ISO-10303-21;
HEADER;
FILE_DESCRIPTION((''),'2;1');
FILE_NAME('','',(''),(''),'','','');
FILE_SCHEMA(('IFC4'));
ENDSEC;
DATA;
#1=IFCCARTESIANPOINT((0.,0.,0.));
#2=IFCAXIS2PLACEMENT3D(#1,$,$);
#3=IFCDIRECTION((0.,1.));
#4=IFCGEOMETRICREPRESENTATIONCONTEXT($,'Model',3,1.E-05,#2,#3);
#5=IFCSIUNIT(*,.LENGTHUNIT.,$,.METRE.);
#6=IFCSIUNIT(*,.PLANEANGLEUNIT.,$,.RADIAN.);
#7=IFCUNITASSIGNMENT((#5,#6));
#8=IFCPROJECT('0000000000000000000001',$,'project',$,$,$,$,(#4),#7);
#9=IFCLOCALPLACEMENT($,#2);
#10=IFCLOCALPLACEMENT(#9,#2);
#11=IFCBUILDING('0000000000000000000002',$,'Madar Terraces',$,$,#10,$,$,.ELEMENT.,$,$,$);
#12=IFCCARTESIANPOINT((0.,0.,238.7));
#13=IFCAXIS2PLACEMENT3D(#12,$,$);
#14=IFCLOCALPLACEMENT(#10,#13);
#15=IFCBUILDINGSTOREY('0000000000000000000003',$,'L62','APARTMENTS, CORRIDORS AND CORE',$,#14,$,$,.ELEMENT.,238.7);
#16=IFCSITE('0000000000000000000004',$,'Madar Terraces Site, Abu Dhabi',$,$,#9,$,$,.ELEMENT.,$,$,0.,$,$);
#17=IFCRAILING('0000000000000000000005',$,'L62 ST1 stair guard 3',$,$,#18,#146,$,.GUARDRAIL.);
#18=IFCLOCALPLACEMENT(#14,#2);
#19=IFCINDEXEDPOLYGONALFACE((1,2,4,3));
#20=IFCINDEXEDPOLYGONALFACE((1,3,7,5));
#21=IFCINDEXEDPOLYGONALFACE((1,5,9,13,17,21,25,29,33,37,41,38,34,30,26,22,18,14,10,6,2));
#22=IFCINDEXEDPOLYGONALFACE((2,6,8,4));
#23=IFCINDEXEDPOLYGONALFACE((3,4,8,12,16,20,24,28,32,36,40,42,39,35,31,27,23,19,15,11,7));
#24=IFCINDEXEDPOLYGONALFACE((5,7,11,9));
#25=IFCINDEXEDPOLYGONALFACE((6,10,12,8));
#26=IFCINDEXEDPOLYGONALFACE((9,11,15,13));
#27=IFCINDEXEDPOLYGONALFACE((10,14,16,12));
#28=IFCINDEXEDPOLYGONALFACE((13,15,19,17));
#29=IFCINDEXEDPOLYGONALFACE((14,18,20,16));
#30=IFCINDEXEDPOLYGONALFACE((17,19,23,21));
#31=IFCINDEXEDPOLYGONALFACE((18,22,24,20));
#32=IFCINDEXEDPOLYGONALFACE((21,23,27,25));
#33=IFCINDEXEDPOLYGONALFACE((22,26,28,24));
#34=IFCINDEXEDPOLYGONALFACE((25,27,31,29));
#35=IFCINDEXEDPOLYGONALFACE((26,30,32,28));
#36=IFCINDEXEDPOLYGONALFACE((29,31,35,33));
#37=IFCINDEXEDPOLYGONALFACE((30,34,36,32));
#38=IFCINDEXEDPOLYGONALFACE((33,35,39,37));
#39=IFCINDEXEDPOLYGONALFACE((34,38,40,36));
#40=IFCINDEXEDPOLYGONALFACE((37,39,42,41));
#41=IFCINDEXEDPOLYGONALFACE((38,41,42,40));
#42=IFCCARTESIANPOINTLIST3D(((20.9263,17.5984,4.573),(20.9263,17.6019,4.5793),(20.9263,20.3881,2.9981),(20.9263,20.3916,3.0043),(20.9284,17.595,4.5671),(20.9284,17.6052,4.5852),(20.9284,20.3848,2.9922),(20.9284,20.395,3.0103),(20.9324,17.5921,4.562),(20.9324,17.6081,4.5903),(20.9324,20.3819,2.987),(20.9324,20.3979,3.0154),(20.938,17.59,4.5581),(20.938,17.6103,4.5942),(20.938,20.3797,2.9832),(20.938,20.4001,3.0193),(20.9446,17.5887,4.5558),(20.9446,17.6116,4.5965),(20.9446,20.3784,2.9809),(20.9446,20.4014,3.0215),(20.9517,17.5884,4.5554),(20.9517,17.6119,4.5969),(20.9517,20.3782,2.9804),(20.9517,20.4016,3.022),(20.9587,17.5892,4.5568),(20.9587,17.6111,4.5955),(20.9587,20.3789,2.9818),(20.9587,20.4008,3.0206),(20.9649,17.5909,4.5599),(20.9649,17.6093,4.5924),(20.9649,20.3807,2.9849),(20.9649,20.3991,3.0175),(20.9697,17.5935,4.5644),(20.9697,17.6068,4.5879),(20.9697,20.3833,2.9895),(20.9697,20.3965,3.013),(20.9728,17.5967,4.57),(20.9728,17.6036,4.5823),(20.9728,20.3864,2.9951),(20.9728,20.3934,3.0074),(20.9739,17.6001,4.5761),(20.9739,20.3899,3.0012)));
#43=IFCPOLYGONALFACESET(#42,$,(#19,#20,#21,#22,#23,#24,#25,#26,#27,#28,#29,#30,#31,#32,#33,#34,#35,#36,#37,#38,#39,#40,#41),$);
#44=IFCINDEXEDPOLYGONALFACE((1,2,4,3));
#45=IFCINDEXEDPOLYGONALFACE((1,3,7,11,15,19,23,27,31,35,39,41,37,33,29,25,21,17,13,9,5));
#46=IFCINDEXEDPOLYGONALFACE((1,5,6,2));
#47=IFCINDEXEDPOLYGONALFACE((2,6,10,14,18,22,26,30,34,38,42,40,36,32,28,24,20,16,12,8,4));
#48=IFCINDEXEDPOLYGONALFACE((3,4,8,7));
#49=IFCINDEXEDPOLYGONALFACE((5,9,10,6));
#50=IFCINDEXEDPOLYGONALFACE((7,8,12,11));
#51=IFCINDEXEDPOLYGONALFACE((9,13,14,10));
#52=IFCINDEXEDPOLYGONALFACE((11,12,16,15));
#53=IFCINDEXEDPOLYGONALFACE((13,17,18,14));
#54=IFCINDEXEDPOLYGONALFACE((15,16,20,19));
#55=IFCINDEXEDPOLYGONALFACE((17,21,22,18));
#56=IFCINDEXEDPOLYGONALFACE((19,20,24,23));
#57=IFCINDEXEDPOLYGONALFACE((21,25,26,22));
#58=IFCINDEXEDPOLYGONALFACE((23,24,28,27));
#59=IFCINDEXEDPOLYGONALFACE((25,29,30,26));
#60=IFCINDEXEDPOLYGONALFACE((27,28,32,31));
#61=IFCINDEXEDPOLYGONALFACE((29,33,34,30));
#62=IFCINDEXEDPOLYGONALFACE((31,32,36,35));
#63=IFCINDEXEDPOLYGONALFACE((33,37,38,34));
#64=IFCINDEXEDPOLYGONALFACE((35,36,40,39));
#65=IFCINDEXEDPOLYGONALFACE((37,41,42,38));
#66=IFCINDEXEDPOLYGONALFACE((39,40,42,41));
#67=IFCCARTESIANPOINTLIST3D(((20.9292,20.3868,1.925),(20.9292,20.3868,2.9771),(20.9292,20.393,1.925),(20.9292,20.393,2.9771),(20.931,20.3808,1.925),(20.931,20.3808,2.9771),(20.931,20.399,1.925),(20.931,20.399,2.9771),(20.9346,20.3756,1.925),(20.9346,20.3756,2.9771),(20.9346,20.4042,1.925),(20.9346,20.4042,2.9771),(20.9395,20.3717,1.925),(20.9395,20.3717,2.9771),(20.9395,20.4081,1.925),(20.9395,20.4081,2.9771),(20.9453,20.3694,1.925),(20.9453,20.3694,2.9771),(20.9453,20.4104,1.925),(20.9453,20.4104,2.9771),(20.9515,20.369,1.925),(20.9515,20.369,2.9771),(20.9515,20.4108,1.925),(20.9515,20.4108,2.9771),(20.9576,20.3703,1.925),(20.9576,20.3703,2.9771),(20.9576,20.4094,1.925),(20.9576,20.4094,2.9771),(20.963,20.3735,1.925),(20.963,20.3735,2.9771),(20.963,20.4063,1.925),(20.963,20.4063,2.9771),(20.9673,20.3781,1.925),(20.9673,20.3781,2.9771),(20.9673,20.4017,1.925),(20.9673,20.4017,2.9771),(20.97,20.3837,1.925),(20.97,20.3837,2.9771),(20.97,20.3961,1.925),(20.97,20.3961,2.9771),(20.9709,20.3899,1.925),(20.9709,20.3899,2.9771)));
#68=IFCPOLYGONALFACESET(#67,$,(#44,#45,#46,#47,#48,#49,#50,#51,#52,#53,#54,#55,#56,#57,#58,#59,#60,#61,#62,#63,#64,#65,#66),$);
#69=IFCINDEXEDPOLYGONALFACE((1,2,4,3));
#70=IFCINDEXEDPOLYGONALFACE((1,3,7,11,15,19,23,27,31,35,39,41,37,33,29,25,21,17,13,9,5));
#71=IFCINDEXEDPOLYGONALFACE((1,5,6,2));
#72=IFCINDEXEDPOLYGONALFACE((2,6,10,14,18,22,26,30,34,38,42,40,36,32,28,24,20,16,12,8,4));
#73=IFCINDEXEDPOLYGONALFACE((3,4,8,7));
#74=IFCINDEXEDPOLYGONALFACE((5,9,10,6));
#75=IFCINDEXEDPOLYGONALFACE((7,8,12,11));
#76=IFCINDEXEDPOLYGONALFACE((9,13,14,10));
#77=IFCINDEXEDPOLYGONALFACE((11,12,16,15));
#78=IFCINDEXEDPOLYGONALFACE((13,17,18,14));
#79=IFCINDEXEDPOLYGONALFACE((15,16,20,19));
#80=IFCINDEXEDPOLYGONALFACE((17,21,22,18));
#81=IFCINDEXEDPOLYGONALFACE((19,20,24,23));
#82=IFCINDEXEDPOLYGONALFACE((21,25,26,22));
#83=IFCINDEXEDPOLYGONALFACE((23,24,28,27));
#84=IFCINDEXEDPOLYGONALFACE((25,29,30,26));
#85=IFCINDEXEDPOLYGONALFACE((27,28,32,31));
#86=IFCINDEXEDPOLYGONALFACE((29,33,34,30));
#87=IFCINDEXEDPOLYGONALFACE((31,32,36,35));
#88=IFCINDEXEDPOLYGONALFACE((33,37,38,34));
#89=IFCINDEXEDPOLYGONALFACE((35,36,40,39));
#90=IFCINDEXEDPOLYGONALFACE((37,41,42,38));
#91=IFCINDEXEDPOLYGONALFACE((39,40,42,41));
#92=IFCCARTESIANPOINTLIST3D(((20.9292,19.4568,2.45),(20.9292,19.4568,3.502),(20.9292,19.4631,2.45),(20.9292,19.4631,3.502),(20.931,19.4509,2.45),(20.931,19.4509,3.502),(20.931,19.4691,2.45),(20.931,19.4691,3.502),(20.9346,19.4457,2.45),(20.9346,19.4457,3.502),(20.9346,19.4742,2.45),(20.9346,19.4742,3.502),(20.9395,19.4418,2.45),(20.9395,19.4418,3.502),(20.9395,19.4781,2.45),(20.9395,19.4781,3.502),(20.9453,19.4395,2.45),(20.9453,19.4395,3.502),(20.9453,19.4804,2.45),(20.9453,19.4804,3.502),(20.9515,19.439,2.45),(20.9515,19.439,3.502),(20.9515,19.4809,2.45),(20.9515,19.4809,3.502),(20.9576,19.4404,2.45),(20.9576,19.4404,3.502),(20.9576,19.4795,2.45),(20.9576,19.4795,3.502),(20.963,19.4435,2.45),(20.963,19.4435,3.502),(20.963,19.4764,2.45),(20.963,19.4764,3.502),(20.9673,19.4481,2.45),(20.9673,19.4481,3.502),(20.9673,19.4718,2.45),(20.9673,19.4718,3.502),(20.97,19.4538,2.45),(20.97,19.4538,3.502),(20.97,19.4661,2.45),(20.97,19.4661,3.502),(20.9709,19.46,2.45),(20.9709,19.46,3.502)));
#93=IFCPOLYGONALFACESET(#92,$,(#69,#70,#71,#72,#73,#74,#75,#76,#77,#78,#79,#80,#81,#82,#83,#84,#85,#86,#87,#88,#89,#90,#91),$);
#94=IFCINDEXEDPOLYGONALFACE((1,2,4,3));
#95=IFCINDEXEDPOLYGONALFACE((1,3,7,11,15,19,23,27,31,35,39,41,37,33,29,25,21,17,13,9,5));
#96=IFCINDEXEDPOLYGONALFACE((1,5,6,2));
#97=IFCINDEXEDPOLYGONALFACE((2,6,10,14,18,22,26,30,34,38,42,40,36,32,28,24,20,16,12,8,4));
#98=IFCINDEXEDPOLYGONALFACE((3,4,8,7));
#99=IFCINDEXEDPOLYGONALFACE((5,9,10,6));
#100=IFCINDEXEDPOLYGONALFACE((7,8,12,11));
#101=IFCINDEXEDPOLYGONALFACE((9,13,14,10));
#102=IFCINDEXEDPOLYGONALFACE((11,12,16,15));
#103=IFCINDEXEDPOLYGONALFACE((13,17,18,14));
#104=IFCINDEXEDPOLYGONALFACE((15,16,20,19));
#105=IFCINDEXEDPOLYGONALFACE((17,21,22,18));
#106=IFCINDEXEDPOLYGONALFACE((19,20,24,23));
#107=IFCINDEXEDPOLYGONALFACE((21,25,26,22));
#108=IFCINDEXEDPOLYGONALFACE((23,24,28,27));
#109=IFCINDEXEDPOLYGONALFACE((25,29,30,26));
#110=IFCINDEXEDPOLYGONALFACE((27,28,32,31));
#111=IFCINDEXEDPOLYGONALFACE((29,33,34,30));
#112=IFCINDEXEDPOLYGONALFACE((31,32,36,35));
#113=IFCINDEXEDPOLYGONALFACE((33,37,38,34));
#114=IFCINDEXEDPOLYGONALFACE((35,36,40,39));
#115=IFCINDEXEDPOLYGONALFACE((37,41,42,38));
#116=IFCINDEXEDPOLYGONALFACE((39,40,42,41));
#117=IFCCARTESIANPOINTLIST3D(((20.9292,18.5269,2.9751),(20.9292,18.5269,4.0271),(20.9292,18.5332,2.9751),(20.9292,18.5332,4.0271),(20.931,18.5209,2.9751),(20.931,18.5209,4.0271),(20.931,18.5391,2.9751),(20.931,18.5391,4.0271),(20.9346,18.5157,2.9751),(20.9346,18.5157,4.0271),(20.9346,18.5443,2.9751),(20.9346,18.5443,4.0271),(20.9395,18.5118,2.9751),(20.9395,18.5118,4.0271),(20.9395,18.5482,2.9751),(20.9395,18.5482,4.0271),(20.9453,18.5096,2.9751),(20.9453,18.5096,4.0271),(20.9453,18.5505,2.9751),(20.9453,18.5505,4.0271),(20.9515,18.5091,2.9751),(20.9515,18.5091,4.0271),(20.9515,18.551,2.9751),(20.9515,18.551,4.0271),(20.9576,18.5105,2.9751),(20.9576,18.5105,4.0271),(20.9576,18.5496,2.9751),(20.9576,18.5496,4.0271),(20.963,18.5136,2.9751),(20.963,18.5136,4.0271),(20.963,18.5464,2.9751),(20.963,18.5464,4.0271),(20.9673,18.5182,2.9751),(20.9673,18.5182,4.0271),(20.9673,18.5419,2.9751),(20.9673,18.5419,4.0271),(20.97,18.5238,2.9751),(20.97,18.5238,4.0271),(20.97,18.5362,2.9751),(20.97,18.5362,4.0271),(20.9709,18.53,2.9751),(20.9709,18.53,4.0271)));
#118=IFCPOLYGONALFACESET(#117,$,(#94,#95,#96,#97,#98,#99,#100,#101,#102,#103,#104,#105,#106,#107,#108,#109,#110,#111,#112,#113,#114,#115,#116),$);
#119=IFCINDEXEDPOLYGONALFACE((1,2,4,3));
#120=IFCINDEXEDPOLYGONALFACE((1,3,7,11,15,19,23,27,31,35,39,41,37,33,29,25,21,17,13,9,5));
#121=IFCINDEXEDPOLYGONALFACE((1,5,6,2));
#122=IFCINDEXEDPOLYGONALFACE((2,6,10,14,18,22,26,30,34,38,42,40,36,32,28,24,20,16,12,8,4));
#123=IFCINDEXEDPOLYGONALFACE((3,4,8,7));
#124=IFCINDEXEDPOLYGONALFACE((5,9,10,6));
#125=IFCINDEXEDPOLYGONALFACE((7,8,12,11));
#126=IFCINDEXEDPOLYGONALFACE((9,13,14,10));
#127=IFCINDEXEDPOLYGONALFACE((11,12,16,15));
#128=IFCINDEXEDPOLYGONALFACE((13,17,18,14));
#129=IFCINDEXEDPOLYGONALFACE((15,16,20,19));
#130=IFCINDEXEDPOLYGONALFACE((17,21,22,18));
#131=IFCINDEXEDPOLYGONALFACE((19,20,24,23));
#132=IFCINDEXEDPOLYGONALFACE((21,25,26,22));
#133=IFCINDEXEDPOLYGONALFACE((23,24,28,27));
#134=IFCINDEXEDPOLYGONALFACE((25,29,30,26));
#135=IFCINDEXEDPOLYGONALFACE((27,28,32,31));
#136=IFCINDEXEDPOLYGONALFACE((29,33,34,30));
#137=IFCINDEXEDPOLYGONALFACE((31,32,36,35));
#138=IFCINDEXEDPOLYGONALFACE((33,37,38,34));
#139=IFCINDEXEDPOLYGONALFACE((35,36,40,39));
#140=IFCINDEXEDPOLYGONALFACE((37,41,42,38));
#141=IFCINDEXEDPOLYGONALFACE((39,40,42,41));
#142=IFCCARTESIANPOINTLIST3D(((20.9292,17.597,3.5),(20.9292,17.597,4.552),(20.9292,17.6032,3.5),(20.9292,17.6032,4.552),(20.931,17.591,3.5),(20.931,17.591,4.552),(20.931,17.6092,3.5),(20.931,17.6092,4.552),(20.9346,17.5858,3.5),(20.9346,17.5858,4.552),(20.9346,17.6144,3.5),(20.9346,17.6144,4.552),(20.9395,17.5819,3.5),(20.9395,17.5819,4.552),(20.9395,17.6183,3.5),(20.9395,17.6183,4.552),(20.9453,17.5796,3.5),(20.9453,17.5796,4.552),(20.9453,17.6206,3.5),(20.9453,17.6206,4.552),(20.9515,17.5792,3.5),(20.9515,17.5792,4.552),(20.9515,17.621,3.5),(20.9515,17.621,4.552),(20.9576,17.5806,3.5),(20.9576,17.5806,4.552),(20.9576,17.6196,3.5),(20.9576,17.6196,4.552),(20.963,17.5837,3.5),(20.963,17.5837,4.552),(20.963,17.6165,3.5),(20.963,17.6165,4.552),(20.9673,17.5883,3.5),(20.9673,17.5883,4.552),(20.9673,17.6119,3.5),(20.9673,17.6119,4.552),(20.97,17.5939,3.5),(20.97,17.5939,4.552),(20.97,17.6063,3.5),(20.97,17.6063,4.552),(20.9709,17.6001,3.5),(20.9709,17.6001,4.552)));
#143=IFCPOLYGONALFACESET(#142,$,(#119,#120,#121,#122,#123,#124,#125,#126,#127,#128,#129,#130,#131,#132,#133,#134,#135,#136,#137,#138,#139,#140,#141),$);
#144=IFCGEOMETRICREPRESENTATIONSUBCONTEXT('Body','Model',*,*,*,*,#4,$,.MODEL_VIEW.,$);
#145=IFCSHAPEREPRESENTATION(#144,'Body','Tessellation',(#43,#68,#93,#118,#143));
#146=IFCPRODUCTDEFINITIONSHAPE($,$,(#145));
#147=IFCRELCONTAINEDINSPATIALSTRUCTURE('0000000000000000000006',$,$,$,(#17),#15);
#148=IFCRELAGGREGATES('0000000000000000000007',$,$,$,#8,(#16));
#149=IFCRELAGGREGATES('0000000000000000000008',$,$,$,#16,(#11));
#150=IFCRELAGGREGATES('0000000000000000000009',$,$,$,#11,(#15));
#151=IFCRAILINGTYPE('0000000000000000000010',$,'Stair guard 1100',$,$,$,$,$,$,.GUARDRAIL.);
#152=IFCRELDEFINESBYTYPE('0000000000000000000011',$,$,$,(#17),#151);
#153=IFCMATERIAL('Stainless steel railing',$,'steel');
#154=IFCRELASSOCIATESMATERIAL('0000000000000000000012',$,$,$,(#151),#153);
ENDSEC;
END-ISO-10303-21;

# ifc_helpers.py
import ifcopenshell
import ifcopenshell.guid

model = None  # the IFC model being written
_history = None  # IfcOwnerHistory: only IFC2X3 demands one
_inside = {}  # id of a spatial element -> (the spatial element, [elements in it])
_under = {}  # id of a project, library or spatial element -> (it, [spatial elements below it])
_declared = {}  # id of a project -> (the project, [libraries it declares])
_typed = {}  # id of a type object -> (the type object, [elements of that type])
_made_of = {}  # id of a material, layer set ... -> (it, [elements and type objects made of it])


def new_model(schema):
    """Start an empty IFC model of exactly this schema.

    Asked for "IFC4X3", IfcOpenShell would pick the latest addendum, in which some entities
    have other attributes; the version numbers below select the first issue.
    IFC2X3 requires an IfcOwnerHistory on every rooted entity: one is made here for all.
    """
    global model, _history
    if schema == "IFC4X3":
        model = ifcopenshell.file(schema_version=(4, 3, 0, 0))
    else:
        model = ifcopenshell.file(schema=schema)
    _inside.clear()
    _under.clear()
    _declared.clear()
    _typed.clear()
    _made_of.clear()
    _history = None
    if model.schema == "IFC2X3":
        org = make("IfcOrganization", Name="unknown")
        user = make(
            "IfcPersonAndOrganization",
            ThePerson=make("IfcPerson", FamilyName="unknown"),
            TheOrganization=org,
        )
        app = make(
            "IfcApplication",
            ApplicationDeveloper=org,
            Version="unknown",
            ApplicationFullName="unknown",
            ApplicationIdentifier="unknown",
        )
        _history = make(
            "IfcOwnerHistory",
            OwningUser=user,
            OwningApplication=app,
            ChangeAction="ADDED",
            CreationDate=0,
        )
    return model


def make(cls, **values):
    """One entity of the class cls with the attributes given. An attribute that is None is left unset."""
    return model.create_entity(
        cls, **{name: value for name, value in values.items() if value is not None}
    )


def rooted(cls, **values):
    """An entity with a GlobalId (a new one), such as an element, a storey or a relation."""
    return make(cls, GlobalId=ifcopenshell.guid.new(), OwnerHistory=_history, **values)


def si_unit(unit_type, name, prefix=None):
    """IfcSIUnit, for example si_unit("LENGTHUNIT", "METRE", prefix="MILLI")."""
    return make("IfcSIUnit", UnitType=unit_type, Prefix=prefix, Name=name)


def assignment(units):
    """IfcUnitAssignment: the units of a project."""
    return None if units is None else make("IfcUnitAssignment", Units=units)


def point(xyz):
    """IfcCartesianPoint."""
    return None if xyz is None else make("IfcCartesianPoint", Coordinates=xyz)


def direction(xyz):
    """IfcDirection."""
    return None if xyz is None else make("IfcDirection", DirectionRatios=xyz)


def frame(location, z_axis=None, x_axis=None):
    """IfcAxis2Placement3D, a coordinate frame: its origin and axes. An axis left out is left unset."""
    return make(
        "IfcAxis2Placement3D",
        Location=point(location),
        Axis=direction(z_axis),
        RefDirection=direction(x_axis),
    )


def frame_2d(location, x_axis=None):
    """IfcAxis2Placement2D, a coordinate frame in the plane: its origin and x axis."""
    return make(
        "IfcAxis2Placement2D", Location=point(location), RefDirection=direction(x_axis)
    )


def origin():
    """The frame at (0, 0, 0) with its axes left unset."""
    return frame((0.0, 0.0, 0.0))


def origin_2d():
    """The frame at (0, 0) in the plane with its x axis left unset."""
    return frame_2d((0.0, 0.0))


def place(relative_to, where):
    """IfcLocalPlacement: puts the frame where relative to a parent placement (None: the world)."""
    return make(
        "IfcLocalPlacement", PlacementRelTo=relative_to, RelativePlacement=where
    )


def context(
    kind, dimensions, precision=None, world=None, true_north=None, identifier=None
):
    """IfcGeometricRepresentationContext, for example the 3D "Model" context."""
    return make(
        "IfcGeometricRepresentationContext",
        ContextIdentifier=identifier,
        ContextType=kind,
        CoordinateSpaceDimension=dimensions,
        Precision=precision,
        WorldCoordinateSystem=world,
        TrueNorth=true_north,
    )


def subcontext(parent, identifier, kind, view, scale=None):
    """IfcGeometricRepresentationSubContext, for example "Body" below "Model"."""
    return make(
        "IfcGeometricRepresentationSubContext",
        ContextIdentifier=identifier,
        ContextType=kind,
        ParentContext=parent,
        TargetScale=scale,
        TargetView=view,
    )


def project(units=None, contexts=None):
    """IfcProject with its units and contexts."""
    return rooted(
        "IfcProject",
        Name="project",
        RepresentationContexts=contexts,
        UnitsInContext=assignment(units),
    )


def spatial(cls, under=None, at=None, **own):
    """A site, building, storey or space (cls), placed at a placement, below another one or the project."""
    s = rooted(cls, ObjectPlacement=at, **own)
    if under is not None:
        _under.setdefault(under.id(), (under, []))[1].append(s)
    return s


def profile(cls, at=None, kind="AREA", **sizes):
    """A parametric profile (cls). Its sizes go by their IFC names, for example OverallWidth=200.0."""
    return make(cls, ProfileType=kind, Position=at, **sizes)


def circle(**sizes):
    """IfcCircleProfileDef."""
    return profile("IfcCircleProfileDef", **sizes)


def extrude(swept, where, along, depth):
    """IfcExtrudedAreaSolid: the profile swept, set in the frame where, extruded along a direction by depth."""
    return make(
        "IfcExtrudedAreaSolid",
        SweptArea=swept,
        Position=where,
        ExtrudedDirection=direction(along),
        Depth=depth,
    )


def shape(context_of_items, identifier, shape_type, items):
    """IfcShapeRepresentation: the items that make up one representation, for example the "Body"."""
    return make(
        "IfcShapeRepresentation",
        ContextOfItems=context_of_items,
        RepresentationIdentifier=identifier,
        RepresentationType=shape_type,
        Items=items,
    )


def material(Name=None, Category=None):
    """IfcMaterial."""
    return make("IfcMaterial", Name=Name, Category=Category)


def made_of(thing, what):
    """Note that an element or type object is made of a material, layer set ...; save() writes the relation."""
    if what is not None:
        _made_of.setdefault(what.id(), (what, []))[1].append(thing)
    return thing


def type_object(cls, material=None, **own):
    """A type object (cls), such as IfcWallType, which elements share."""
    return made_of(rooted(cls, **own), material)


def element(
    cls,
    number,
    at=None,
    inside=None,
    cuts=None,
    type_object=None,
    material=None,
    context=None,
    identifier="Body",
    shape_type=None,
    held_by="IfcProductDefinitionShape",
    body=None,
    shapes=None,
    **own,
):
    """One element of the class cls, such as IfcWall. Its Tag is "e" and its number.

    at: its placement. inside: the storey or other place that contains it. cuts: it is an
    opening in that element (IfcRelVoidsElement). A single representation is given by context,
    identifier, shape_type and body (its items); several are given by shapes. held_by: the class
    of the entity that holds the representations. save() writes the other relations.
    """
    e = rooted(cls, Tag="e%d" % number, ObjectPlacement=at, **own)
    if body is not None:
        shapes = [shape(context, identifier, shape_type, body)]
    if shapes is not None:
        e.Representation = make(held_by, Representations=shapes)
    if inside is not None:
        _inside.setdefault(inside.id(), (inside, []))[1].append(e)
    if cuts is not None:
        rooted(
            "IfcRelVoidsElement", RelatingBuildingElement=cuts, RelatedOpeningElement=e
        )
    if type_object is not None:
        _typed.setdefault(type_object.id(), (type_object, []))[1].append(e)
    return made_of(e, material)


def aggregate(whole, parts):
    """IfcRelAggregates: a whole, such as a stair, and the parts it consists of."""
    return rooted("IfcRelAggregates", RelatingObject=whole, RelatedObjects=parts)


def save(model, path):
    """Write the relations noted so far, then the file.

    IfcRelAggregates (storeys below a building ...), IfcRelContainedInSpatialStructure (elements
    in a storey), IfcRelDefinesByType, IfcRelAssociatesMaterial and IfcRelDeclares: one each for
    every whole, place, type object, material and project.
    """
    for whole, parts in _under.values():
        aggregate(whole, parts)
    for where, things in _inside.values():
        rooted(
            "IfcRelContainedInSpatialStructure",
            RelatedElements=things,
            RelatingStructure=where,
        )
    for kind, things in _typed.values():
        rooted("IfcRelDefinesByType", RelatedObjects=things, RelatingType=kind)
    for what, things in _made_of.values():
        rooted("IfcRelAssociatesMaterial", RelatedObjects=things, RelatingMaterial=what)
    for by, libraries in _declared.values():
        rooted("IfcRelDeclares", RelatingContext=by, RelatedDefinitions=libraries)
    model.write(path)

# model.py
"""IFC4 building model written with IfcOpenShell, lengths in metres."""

from ifc_helpers import new_model, si_unit, direction, frame, origin, origin_2d, place, context, subcontext, project, spatial, circle, extrude, material, type_object, element, save


model = new_model("IFC4")

# Units and contexts
model_context = context("Model", 3, precision=1e-05, world=origin(), true_north=direction((0.0, 1.0)))
body_context = subcontext(model_context, "Body", "Model", "MODEL_VIEW")
ifc_project = project(units=[si_unit("LENGTHUNIT", "METRE"), si_unit("PLANEANGLEUNIT", "RADIAN")], contexts=[model_context])

# Site, building, storey
site_placement = place(None, origin())
site = spatial("IfcSite", under=ifc_project, at=site_placement, Name="Madar Terraces Site, Abu Dhabi", CompositionType="ELEMENT", RefElevation=0.0)
building_placement = place(site_placement, origin())
building = spatial("IfcBuilding", under=site, at=building_placement, Name="Madar Terraces", CompositionType="ELEMENT")
storey_placement = place(building_placement, frame((0.0, 0.0, 238.7)))
storey = spatial("IfcBuildingStorey", under=building, at=storey_placement, Name="L62", Description="APARTMENTS, CORRIDORS AND CORE", CompositionType="ELEMENT", Elevation=238.7)

# Railing
ifc_material_1 = material(Name="Stainless steel railing", Category="steel")
railing_type_1 = type_object("IfcRailingType", Name="Stair guard 1100", PredefinedType="GUARDRAIL", material=ifc_material_1)
railing_1_placement = place(storey_placement, frame((20.95, 20.3899, 1.925)))
element("IfcRailing", 1, at=railing_1_placement, inside=storey, type_object=railing_type_1, Name="L62 ST1 stair guard 3", PredefinedType="GUARDRAIL", context=body_context, shape_type="SweptSolid", body=[
    extrude(circle(Radius=0.0239, at=origin_2d()), frame((0.0, 0.0, 1.0762), z_axis=(0.0, -0.870815, 0.49161), x_axis=(1.0, 0.0, 0.0)), (0.0, 0.0, 1.0), 3.2036),
    extrude(circle(Radius=0.021, at=origin_2d()), origin(), (0.0, 0.0, 1.0), 1.052),
    extrude(circle(Radius=0.021, at=origin_2d()), frame((0.0, -0.9299, 0.5249)), (0.0, 0.0, 1.0), 1.052),
    extrude(circle(Radius=0.021, at=origin_2d()), frame((0.0, -1.8599, 1.05)), (0.0, 0.0, 1.0), 1.052),
    extrude(circle(Radius=0.021, at=origin_2d()), frame((0.0, -2.7898, 1.575)), (0.0, 0.0, 1.0), 1.052),
])

save(model, "model.ifc")
